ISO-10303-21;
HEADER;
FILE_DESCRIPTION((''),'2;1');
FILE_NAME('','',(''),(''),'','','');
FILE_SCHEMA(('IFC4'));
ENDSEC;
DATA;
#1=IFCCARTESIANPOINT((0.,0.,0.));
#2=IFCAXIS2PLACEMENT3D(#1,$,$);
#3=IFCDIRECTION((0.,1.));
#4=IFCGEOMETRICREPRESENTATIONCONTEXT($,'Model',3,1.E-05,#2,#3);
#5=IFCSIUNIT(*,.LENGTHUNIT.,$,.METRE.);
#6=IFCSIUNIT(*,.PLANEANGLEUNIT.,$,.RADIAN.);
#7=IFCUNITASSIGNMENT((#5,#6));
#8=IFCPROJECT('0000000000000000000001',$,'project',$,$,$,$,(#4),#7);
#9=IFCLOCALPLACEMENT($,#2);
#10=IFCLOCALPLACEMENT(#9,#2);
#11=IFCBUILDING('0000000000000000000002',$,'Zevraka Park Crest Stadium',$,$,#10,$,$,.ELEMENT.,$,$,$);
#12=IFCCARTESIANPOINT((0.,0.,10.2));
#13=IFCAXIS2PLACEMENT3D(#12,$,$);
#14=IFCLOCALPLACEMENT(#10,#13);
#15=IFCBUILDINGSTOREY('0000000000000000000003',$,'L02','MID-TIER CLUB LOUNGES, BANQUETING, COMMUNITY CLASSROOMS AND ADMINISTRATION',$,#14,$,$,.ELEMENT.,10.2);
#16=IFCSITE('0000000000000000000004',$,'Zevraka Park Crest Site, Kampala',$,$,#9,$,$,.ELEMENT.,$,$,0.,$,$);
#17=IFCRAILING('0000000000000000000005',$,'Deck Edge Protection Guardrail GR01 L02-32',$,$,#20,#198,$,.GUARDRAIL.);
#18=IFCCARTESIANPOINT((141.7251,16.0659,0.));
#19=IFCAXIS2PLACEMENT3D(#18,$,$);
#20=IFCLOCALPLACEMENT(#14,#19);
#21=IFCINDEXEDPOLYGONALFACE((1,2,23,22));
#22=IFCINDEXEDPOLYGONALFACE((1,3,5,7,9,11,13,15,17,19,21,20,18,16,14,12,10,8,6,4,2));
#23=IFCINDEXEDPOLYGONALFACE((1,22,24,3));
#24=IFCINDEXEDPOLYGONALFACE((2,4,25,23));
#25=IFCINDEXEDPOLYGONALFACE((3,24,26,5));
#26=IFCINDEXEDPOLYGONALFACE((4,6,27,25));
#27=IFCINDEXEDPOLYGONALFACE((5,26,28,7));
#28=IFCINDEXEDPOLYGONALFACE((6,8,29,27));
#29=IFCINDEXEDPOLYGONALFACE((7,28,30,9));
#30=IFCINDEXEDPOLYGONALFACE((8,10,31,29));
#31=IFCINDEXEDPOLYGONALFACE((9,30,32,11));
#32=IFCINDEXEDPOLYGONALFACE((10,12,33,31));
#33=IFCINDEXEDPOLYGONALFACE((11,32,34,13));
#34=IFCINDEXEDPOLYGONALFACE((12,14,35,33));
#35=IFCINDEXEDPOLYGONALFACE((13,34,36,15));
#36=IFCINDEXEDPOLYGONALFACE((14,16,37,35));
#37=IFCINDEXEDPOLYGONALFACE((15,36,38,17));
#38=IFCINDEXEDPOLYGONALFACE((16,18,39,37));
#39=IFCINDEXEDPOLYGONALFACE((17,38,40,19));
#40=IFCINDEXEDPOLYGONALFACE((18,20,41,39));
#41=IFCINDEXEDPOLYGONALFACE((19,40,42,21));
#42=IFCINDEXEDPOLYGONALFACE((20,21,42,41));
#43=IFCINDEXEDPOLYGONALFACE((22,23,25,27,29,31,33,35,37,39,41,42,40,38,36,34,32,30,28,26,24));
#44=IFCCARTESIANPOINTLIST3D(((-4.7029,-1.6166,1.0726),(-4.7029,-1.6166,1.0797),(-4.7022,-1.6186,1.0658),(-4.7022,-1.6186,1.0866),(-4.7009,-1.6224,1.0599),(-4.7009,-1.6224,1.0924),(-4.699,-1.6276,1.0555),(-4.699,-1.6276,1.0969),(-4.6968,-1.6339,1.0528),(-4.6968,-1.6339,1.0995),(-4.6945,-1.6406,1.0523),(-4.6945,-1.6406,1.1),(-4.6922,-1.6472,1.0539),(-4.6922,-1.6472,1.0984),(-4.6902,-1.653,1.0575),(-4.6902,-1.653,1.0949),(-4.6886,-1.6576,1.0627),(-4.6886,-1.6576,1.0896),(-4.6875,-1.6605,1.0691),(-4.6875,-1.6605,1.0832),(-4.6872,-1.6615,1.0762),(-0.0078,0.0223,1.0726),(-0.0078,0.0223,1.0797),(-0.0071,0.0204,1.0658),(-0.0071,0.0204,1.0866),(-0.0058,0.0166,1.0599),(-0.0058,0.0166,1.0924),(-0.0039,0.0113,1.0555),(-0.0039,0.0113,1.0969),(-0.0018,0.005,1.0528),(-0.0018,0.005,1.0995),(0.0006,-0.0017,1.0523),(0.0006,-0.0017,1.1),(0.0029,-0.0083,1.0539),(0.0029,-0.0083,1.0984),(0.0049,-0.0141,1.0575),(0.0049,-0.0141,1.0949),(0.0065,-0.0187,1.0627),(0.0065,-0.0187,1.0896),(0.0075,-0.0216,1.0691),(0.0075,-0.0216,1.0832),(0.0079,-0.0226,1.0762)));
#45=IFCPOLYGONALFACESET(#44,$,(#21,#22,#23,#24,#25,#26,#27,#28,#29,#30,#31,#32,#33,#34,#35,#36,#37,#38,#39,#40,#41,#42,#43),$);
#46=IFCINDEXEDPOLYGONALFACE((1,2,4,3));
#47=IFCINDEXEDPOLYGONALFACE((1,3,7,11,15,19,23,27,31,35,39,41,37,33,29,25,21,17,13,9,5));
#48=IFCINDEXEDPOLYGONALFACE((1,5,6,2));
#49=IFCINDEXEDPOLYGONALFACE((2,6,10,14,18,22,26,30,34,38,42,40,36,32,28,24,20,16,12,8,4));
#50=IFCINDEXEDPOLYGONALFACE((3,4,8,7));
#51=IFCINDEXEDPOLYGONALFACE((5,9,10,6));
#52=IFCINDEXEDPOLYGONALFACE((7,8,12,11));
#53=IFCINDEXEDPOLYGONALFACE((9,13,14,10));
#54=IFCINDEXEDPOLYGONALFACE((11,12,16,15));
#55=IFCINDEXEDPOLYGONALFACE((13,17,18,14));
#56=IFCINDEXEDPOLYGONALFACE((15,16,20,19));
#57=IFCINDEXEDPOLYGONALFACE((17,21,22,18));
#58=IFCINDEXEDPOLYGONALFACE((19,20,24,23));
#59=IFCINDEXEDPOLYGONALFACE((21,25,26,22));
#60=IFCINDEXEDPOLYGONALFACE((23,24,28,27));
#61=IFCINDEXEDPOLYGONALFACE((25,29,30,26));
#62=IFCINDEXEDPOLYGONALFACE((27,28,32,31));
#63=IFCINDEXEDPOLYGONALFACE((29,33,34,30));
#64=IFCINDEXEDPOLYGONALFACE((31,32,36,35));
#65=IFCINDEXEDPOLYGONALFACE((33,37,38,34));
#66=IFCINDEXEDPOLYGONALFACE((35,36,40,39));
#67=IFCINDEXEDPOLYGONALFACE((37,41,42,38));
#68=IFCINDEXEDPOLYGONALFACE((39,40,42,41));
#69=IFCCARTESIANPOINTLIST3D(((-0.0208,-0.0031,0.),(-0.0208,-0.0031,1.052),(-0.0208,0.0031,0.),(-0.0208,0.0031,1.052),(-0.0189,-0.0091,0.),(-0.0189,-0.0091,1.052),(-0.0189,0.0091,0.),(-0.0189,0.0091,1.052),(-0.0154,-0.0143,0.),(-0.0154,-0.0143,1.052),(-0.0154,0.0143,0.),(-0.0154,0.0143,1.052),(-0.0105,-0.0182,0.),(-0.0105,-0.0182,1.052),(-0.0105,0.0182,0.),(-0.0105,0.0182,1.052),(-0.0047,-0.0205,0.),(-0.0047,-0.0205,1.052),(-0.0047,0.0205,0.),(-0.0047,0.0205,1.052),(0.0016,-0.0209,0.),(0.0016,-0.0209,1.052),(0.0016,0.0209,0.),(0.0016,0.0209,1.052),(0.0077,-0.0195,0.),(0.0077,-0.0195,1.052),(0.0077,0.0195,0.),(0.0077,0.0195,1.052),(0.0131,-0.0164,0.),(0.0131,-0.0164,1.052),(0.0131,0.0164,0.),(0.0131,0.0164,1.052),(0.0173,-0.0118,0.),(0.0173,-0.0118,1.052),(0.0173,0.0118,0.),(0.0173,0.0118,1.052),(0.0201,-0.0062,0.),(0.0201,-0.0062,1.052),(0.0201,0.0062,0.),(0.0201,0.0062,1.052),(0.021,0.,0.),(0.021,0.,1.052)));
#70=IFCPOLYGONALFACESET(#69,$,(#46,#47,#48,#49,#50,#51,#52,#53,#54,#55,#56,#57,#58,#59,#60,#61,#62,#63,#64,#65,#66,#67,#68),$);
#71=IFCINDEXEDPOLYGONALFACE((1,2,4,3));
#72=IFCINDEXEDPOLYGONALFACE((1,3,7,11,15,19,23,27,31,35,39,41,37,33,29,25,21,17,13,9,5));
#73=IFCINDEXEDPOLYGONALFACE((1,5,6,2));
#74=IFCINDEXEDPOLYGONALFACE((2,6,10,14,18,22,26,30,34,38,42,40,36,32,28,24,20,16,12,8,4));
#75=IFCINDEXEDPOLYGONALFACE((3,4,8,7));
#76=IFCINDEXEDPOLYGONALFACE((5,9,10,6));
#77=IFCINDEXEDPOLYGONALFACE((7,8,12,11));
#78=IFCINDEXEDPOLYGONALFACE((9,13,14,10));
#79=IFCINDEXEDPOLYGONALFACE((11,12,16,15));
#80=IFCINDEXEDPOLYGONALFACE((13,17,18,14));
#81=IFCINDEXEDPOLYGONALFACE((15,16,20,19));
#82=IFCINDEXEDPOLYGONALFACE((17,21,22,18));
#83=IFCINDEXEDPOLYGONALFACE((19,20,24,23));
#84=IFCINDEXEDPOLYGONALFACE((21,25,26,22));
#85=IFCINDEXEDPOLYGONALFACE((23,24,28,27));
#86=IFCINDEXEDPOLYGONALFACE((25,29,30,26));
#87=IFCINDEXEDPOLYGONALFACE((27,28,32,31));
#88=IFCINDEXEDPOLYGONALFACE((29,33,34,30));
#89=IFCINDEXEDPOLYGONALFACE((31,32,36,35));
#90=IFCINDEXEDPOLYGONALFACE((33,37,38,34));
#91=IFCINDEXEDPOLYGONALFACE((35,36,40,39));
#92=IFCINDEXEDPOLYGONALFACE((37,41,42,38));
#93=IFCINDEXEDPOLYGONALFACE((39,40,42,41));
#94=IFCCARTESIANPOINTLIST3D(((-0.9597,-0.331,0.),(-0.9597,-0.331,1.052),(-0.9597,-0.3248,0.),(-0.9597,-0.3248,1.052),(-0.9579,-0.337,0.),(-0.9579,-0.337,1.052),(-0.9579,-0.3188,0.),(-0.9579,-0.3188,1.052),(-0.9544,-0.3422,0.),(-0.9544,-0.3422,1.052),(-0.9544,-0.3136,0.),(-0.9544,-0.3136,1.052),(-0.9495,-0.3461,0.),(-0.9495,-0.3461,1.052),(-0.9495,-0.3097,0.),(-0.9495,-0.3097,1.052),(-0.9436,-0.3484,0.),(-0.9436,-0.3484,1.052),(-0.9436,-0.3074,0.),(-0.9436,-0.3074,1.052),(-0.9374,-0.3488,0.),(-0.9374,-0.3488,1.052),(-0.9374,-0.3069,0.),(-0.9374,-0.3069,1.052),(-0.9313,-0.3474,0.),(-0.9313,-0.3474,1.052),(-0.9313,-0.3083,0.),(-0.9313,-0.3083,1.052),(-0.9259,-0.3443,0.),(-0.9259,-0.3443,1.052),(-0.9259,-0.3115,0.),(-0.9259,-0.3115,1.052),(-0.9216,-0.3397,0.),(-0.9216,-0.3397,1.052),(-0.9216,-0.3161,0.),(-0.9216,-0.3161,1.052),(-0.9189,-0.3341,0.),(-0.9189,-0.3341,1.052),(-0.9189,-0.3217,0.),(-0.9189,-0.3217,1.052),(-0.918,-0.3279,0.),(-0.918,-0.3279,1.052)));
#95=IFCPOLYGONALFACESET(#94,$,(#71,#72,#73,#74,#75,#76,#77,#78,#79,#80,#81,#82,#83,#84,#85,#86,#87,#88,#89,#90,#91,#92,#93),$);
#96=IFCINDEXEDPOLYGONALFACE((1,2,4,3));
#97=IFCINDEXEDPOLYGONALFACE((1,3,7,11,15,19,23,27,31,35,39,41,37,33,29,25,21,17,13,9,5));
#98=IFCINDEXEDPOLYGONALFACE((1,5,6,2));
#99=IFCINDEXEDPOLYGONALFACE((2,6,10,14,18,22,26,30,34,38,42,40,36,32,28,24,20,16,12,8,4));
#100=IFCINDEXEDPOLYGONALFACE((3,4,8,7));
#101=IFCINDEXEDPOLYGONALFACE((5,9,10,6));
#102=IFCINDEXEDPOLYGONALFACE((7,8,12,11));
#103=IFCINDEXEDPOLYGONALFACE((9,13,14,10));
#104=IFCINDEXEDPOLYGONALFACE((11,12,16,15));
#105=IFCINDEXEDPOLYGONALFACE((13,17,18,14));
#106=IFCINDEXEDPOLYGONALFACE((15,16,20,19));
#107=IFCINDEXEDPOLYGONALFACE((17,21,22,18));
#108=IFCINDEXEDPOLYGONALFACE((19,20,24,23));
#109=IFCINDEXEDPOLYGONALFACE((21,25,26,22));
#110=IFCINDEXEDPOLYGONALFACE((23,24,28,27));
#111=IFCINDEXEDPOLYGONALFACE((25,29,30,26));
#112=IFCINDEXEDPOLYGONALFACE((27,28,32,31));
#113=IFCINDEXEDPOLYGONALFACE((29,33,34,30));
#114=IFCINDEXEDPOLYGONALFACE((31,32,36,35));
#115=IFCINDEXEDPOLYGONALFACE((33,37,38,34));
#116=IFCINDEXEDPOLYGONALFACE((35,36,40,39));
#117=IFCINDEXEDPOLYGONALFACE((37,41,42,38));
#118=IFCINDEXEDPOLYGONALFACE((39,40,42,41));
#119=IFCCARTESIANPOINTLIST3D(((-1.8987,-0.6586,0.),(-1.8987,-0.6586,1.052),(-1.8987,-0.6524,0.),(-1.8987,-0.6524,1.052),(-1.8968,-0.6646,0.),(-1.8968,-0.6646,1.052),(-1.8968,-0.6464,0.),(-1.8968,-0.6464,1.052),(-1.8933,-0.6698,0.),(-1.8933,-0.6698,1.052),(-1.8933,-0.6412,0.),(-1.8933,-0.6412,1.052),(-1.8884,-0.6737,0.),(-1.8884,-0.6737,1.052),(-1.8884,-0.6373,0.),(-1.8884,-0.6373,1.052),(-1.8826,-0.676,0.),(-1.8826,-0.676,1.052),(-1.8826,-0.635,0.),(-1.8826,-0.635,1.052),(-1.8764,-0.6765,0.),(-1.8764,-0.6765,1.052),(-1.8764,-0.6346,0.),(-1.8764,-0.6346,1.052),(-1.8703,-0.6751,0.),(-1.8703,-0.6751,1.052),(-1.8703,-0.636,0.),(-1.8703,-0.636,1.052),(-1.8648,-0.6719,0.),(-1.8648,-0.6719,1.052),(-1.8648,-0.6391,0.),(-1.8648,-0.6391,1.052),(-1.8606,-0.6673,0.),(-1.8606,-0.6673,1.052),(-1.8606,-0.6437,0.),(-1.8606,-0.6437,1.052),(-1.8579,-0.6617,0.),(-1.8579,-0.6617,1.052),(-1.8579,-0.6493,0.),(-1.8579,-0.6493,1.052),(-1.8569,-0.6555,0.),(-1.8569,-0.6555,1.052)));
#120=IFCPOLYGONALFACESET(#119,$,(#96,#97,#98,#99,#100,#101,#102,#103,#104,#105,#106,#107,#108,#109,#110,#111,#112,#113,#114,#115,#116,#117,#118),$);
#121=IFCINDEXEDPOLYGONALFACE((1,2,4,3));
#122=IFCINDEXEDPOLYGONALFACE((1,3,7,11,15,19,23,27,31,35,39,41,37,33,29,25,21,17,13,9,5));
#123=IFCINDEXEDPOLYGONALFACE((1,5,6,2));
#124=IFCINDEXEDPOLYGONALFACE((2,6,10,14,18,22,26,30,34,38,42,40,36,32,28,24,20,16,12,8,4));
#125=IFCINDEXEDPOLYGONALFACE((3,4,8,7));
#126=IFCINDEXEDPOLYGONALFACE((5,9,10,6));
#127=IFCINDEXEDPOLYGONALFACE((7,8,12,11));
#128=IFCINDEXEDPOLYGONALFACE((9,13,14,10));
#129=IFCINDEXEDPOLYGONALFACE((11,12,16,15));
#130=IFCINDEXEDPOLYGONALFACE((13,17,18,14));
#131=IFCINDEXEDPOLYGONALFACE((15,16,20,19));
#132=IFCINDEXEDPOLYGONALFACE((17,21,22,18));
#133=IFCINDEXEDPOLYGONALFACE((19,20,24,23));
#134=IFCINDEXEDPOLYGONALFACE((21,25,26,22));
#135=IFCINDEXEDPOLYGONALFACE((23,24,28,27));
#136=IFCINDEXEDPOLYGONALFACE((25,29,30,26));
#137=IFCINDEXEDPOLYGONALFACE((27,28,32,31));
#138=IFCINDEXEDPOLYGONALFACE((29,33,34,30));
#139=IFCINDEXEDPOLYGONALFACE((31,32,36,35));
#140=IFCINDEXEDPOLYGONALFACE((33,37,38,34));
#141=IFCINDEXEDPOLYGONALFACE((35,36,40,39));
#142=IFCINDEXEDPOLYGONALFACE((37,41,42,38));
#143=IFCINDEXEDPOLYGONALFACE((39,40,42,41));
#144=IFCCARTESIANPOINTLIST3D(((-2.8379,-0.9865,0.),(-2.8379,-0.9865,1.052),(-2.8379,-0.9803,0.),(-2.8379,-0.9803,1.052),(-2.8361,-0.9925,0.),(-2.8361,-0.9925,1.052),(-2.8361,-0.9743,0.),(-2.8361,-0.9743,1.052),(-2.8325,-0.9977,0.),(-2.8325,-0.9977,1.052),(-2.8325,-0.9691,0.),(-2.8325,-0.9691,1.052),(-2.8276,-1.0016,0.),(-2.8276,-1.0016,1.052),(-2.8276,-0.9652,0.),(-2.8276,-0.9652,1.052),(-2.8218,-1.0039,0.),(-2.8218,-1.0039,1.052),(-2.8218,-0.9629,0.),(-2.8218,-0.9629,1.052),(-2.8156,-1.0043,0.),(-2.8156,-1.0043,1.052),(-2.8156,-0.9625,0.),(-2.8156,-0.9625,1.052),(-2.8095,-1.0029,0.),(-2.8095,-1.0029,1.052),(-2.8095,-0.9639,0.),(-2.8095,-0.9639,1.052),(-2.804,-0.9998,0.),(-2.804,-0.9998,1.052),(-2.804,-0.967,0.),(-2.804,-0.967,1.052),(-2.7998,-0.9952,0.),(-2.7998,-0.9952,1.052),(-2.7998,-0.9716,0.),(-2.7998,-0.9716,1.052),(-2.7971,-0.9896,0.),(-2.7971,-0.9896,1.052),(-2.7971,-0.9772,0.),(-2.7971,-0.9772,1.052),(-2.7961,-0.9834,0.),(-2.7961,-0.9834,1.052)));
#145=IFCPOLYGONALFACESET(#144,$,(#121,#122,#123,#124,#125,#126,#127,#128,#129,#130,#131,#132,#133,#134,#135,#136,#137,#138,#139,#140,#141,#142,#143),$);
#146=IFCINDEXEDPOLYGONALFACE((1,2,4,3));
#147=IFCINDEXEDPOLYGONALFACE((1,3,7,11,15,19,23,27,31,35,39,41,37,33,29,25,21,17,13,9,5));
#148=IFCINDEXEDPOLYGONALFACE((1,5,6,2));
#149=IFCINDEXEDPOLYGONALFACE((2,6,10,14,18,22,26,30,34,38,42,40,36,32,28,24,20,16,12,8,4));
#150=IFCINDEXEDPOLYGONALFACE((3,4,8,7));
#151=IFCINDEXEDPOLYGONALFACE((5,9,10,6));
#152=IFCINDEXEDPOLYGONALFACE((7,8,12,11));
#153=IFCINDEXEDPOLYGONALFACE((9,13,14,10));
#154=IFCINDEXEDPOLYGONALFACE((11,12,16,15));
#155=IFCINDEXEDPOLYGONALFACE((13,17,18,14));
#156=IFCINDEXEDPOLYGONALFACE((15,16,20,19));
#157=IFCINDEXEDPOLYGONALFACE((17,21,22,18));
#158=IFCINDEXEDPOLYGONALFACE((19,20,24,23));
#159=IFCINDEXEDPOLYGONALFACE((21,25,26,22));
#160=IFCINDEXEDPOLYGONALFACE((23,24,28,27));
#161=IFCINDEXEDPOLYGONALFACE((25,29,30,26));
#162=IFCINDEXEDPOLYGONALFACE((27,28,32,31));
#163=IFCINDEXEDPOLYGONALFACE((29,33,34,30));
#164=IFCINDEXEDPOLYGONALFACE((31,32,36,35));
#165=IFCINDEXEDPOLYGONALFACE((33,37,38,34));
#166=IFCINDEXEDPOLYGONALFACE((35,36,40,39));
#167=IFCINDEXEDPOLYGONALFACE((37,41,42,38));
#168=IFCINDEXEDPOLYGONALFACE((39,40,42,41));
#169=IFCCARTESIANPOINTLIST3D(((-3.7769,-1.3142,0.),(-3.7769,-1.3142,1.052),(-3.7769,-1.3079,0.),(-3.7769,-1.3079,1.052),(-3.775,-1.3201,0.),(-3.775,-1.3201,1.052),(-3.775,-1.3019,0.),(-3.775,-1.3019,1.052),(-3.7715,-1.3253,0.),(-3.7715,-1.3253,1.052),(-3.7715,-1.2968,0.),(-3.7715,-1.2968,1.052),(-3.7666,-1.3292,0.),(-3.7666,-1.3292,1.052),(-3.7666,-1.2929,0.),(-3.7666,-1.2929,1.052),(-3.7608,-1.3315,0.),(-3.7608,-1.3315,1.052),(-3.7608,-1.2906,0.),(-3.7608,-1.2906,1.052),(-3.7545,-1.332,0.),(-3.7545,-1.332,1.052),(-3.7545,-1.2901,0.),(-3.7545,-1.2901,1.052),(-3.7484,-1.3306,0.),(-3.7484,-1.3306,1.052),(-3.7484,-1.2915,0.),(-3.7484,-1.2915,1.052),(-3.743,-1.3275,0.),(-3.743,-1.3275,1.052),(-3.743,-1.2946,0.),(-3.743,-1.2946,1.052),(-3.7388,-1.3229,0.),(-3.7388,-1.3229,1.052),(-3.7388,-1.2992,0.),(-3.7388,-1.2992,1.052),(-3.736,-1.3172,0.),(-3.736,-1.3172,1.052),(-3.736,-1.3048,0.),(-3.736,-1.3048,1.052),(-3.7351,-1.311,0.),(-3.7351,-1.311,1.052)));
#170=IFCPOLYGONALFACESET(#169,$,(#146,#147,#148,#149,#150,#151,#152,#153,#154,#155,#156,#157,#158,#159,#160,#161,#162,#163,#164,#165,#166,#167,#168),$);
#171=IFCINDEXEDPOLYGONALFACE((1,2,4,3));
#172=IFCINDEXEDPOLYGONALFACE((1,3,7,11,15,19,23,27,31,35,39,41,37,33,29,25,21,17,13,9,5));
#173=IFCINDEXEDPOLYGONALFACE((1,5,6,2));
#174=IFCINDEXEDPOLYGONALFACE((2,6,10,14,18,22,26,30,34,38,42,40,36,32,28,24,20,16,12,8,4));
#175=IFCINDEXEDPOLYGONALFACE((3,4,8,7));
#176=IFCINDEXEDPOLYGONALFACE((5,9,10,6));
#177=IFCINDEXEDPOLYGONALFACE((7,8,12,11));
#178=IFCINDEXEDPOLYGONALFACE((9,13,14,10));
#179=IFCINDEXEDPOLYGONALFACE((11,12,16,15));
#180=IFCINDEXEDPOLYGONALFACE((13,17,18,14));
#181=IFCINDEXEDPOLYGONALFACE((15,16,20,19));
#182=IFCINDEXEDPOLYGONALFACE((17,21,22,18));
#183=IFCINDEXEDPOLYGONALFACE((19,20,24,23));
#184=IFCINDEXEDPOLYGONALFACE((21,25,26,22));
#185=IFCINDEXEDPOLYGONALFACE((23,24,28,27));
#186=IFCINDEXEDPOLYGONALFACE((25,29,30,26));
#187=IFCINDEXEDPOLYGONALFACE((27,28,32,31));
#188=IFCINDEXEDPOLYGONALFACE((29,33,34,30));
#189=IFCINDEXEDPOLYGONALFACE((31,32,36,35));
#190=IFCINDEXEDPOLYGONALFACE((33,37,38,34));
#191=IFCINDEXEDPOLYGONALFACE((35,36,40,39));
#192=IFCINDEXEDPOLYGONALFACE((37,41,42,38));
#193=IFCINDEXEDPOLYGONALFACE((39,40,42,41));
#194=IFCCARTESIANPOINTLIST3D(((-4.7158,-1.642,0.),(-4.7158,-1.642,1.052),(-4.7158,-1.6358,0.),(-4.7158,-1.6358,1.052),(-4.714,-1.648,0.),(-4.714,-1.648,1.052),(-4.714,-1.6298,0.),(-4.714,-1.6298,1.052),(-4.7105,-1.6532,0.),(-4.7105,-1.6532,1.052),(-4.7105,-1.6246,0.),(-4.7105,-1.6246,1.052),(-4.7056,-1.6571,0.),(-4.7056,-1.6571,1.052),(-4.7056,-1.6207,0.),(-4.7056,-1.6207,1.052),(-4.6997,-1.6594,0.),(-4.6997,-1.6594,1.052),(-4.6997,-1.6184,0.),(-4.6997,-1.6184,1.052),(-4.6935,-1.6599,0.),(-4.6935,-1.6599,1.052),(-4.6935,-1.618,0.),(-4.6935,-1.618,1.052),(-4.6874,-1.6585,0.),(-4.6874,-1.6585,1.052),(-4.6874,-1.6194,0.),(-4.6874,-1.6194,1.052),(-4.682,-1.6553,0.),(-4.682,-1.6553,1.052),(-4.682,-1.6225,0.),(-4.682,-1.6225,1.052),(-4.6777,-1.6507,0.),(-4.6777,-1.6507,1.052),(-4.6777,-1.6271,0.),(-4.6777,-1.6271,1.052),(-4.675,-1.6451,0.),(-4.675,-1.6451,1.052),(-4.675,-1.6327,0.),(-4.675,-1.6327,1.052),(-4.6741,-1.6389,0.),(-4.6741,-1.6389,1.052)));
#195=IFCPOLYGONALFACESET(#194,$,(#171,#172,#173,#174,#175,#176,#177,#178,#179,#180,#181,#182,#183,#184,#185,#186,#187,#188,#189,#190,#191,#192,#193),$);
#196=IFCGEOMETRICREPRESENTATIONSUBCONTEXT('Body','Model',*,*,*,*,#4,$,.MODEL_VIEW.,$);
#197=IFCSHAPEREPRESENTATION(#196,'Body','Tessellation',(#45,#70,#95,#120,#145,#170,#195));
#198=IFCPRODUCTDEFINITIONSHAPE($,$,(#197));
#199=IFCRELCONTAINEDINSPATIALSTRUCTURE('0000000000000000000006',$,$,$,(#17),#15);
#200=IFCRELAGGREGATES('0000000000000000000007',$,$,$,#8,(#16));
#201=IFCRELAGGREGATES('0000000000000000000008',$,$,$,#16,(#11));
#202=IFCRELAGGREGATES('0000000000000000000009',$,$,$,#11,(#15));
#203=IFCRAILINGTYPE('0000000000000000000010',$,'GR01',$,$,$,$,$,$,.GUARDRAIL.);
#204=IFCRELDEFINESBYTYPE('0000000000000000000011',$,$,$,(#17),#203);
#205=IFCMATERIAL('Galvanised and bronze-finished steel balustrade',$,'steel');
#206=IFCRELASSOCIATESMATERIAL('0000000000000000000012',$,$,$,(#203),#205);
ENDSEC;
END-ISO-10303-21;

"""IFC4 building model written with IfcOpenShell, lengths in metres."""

from ifc_helpers import new_model, si_unit, direction, frame, origin, origin_2d, place, context, subcontext, project, spatial, circle, extrude, material, type_object, element, save


model = new_model("IFC4")

# Units and contexts
model_context = context("Model", 3, precision=1e-05, world=origin(), true_north=direction((0.0, 1.0)))
body_context = subcontext(model_context, "Body", "Model", "MODEL_VIEW")
ifc_project = project(units=[si_unit("LENGTHUNIT", "METRE"), si_unit("PLANEANGLEUNIT", "RADIAN")], contexts=[model_context])

# Site, building, storey
site_placement = place(None, origin())
site = spatial("IfcSite", under=ifc_project, at=site_placement, Name="Zevraka Park Crest Site, Kampala", CompositionType="ELEMENT", RefElevation=0.0)
building_placement = place(site_placement, origin())
building = spatial("IfcBuilding", under=site, at=building_placement, Name="Zevraka Park Crest Stadium", CompositionType="ELEMENT")
storey_placement = place(building_placement, frame((0.0, 0.0, 10.2)))
storey = spatial("IfcBuildingStorey", under=building, at=storey_placement, Name="L02", Description="MID-TIER CLUB LOUNGES, BANQUETING, COMMUNITY CLASSROOMS AND ADMINISTRATION", CompositionType="ELEMENT", Elevation=10.2)

# Railing
ifc_material_1 = material(Name="Galvanised and bronze-finished steel balustrade", Category="steel")
railing_type = type_object("IfcRailingType", Name="GR01", PredefinedType="GUARDRAIL", material=ifc_material_1)
railing_placement = place(storey_placement, frame((141.7251, 16.0659, 0.0)))
element("IfcRailing", 1, at=railing_placement, inside=storey, type_object=railing_type, Name="Deck Edge Protection Guardrail GR01 L02-32", PredefinedType="GUARDRAIL", context=body_context, shape_type="SweptSolid", body=[
    extrude(circle(Radius=0.0239, at=origin_2d()), frame((0.0, 0.0, 1.0762), z_axis=(-0.944131, -0.32957, 0.0), x_axis=(0.32957, -0.944131, 0.0)), (0.0, 0.0, 1.0), 4.9729),
    extrude(circle(Radius=0.021, at=origin_2d()), origin(), (0.0, 0.0, 1.0), 1.052),
    extrude(circle(Radius=0.021, at=origin_2d()), frame((-0.939, -0.3279, 0.0)), (0.0, 0.0, 1.0), 1.052),
    extrude(circle(Radius=0.021, at=origin_2d()), frame((-1.8779, -0.6555, 0.0)), (0.0, 0.0, 1.0), 1.052),
    extrude(circle(Radius=0.021, at=origin_2d()), frame((-2.8171, -0.9834, 0.0)), (0.0, 0.0, 1.0), 1.052),
    extrude(circle(Radius=0.021, at=origin_2d()), frame((-3.7561, -1.311, 0.0)), (0.0, 0.0, 1.0), 1.052),
    extrude(circle(Radius=0.021, at=origin_2d()), frame((-4.6951, -1.6389, 0.0)), (0.0, 0.0, 1.0), 1.052),
])

save(model, "model.ifc")
